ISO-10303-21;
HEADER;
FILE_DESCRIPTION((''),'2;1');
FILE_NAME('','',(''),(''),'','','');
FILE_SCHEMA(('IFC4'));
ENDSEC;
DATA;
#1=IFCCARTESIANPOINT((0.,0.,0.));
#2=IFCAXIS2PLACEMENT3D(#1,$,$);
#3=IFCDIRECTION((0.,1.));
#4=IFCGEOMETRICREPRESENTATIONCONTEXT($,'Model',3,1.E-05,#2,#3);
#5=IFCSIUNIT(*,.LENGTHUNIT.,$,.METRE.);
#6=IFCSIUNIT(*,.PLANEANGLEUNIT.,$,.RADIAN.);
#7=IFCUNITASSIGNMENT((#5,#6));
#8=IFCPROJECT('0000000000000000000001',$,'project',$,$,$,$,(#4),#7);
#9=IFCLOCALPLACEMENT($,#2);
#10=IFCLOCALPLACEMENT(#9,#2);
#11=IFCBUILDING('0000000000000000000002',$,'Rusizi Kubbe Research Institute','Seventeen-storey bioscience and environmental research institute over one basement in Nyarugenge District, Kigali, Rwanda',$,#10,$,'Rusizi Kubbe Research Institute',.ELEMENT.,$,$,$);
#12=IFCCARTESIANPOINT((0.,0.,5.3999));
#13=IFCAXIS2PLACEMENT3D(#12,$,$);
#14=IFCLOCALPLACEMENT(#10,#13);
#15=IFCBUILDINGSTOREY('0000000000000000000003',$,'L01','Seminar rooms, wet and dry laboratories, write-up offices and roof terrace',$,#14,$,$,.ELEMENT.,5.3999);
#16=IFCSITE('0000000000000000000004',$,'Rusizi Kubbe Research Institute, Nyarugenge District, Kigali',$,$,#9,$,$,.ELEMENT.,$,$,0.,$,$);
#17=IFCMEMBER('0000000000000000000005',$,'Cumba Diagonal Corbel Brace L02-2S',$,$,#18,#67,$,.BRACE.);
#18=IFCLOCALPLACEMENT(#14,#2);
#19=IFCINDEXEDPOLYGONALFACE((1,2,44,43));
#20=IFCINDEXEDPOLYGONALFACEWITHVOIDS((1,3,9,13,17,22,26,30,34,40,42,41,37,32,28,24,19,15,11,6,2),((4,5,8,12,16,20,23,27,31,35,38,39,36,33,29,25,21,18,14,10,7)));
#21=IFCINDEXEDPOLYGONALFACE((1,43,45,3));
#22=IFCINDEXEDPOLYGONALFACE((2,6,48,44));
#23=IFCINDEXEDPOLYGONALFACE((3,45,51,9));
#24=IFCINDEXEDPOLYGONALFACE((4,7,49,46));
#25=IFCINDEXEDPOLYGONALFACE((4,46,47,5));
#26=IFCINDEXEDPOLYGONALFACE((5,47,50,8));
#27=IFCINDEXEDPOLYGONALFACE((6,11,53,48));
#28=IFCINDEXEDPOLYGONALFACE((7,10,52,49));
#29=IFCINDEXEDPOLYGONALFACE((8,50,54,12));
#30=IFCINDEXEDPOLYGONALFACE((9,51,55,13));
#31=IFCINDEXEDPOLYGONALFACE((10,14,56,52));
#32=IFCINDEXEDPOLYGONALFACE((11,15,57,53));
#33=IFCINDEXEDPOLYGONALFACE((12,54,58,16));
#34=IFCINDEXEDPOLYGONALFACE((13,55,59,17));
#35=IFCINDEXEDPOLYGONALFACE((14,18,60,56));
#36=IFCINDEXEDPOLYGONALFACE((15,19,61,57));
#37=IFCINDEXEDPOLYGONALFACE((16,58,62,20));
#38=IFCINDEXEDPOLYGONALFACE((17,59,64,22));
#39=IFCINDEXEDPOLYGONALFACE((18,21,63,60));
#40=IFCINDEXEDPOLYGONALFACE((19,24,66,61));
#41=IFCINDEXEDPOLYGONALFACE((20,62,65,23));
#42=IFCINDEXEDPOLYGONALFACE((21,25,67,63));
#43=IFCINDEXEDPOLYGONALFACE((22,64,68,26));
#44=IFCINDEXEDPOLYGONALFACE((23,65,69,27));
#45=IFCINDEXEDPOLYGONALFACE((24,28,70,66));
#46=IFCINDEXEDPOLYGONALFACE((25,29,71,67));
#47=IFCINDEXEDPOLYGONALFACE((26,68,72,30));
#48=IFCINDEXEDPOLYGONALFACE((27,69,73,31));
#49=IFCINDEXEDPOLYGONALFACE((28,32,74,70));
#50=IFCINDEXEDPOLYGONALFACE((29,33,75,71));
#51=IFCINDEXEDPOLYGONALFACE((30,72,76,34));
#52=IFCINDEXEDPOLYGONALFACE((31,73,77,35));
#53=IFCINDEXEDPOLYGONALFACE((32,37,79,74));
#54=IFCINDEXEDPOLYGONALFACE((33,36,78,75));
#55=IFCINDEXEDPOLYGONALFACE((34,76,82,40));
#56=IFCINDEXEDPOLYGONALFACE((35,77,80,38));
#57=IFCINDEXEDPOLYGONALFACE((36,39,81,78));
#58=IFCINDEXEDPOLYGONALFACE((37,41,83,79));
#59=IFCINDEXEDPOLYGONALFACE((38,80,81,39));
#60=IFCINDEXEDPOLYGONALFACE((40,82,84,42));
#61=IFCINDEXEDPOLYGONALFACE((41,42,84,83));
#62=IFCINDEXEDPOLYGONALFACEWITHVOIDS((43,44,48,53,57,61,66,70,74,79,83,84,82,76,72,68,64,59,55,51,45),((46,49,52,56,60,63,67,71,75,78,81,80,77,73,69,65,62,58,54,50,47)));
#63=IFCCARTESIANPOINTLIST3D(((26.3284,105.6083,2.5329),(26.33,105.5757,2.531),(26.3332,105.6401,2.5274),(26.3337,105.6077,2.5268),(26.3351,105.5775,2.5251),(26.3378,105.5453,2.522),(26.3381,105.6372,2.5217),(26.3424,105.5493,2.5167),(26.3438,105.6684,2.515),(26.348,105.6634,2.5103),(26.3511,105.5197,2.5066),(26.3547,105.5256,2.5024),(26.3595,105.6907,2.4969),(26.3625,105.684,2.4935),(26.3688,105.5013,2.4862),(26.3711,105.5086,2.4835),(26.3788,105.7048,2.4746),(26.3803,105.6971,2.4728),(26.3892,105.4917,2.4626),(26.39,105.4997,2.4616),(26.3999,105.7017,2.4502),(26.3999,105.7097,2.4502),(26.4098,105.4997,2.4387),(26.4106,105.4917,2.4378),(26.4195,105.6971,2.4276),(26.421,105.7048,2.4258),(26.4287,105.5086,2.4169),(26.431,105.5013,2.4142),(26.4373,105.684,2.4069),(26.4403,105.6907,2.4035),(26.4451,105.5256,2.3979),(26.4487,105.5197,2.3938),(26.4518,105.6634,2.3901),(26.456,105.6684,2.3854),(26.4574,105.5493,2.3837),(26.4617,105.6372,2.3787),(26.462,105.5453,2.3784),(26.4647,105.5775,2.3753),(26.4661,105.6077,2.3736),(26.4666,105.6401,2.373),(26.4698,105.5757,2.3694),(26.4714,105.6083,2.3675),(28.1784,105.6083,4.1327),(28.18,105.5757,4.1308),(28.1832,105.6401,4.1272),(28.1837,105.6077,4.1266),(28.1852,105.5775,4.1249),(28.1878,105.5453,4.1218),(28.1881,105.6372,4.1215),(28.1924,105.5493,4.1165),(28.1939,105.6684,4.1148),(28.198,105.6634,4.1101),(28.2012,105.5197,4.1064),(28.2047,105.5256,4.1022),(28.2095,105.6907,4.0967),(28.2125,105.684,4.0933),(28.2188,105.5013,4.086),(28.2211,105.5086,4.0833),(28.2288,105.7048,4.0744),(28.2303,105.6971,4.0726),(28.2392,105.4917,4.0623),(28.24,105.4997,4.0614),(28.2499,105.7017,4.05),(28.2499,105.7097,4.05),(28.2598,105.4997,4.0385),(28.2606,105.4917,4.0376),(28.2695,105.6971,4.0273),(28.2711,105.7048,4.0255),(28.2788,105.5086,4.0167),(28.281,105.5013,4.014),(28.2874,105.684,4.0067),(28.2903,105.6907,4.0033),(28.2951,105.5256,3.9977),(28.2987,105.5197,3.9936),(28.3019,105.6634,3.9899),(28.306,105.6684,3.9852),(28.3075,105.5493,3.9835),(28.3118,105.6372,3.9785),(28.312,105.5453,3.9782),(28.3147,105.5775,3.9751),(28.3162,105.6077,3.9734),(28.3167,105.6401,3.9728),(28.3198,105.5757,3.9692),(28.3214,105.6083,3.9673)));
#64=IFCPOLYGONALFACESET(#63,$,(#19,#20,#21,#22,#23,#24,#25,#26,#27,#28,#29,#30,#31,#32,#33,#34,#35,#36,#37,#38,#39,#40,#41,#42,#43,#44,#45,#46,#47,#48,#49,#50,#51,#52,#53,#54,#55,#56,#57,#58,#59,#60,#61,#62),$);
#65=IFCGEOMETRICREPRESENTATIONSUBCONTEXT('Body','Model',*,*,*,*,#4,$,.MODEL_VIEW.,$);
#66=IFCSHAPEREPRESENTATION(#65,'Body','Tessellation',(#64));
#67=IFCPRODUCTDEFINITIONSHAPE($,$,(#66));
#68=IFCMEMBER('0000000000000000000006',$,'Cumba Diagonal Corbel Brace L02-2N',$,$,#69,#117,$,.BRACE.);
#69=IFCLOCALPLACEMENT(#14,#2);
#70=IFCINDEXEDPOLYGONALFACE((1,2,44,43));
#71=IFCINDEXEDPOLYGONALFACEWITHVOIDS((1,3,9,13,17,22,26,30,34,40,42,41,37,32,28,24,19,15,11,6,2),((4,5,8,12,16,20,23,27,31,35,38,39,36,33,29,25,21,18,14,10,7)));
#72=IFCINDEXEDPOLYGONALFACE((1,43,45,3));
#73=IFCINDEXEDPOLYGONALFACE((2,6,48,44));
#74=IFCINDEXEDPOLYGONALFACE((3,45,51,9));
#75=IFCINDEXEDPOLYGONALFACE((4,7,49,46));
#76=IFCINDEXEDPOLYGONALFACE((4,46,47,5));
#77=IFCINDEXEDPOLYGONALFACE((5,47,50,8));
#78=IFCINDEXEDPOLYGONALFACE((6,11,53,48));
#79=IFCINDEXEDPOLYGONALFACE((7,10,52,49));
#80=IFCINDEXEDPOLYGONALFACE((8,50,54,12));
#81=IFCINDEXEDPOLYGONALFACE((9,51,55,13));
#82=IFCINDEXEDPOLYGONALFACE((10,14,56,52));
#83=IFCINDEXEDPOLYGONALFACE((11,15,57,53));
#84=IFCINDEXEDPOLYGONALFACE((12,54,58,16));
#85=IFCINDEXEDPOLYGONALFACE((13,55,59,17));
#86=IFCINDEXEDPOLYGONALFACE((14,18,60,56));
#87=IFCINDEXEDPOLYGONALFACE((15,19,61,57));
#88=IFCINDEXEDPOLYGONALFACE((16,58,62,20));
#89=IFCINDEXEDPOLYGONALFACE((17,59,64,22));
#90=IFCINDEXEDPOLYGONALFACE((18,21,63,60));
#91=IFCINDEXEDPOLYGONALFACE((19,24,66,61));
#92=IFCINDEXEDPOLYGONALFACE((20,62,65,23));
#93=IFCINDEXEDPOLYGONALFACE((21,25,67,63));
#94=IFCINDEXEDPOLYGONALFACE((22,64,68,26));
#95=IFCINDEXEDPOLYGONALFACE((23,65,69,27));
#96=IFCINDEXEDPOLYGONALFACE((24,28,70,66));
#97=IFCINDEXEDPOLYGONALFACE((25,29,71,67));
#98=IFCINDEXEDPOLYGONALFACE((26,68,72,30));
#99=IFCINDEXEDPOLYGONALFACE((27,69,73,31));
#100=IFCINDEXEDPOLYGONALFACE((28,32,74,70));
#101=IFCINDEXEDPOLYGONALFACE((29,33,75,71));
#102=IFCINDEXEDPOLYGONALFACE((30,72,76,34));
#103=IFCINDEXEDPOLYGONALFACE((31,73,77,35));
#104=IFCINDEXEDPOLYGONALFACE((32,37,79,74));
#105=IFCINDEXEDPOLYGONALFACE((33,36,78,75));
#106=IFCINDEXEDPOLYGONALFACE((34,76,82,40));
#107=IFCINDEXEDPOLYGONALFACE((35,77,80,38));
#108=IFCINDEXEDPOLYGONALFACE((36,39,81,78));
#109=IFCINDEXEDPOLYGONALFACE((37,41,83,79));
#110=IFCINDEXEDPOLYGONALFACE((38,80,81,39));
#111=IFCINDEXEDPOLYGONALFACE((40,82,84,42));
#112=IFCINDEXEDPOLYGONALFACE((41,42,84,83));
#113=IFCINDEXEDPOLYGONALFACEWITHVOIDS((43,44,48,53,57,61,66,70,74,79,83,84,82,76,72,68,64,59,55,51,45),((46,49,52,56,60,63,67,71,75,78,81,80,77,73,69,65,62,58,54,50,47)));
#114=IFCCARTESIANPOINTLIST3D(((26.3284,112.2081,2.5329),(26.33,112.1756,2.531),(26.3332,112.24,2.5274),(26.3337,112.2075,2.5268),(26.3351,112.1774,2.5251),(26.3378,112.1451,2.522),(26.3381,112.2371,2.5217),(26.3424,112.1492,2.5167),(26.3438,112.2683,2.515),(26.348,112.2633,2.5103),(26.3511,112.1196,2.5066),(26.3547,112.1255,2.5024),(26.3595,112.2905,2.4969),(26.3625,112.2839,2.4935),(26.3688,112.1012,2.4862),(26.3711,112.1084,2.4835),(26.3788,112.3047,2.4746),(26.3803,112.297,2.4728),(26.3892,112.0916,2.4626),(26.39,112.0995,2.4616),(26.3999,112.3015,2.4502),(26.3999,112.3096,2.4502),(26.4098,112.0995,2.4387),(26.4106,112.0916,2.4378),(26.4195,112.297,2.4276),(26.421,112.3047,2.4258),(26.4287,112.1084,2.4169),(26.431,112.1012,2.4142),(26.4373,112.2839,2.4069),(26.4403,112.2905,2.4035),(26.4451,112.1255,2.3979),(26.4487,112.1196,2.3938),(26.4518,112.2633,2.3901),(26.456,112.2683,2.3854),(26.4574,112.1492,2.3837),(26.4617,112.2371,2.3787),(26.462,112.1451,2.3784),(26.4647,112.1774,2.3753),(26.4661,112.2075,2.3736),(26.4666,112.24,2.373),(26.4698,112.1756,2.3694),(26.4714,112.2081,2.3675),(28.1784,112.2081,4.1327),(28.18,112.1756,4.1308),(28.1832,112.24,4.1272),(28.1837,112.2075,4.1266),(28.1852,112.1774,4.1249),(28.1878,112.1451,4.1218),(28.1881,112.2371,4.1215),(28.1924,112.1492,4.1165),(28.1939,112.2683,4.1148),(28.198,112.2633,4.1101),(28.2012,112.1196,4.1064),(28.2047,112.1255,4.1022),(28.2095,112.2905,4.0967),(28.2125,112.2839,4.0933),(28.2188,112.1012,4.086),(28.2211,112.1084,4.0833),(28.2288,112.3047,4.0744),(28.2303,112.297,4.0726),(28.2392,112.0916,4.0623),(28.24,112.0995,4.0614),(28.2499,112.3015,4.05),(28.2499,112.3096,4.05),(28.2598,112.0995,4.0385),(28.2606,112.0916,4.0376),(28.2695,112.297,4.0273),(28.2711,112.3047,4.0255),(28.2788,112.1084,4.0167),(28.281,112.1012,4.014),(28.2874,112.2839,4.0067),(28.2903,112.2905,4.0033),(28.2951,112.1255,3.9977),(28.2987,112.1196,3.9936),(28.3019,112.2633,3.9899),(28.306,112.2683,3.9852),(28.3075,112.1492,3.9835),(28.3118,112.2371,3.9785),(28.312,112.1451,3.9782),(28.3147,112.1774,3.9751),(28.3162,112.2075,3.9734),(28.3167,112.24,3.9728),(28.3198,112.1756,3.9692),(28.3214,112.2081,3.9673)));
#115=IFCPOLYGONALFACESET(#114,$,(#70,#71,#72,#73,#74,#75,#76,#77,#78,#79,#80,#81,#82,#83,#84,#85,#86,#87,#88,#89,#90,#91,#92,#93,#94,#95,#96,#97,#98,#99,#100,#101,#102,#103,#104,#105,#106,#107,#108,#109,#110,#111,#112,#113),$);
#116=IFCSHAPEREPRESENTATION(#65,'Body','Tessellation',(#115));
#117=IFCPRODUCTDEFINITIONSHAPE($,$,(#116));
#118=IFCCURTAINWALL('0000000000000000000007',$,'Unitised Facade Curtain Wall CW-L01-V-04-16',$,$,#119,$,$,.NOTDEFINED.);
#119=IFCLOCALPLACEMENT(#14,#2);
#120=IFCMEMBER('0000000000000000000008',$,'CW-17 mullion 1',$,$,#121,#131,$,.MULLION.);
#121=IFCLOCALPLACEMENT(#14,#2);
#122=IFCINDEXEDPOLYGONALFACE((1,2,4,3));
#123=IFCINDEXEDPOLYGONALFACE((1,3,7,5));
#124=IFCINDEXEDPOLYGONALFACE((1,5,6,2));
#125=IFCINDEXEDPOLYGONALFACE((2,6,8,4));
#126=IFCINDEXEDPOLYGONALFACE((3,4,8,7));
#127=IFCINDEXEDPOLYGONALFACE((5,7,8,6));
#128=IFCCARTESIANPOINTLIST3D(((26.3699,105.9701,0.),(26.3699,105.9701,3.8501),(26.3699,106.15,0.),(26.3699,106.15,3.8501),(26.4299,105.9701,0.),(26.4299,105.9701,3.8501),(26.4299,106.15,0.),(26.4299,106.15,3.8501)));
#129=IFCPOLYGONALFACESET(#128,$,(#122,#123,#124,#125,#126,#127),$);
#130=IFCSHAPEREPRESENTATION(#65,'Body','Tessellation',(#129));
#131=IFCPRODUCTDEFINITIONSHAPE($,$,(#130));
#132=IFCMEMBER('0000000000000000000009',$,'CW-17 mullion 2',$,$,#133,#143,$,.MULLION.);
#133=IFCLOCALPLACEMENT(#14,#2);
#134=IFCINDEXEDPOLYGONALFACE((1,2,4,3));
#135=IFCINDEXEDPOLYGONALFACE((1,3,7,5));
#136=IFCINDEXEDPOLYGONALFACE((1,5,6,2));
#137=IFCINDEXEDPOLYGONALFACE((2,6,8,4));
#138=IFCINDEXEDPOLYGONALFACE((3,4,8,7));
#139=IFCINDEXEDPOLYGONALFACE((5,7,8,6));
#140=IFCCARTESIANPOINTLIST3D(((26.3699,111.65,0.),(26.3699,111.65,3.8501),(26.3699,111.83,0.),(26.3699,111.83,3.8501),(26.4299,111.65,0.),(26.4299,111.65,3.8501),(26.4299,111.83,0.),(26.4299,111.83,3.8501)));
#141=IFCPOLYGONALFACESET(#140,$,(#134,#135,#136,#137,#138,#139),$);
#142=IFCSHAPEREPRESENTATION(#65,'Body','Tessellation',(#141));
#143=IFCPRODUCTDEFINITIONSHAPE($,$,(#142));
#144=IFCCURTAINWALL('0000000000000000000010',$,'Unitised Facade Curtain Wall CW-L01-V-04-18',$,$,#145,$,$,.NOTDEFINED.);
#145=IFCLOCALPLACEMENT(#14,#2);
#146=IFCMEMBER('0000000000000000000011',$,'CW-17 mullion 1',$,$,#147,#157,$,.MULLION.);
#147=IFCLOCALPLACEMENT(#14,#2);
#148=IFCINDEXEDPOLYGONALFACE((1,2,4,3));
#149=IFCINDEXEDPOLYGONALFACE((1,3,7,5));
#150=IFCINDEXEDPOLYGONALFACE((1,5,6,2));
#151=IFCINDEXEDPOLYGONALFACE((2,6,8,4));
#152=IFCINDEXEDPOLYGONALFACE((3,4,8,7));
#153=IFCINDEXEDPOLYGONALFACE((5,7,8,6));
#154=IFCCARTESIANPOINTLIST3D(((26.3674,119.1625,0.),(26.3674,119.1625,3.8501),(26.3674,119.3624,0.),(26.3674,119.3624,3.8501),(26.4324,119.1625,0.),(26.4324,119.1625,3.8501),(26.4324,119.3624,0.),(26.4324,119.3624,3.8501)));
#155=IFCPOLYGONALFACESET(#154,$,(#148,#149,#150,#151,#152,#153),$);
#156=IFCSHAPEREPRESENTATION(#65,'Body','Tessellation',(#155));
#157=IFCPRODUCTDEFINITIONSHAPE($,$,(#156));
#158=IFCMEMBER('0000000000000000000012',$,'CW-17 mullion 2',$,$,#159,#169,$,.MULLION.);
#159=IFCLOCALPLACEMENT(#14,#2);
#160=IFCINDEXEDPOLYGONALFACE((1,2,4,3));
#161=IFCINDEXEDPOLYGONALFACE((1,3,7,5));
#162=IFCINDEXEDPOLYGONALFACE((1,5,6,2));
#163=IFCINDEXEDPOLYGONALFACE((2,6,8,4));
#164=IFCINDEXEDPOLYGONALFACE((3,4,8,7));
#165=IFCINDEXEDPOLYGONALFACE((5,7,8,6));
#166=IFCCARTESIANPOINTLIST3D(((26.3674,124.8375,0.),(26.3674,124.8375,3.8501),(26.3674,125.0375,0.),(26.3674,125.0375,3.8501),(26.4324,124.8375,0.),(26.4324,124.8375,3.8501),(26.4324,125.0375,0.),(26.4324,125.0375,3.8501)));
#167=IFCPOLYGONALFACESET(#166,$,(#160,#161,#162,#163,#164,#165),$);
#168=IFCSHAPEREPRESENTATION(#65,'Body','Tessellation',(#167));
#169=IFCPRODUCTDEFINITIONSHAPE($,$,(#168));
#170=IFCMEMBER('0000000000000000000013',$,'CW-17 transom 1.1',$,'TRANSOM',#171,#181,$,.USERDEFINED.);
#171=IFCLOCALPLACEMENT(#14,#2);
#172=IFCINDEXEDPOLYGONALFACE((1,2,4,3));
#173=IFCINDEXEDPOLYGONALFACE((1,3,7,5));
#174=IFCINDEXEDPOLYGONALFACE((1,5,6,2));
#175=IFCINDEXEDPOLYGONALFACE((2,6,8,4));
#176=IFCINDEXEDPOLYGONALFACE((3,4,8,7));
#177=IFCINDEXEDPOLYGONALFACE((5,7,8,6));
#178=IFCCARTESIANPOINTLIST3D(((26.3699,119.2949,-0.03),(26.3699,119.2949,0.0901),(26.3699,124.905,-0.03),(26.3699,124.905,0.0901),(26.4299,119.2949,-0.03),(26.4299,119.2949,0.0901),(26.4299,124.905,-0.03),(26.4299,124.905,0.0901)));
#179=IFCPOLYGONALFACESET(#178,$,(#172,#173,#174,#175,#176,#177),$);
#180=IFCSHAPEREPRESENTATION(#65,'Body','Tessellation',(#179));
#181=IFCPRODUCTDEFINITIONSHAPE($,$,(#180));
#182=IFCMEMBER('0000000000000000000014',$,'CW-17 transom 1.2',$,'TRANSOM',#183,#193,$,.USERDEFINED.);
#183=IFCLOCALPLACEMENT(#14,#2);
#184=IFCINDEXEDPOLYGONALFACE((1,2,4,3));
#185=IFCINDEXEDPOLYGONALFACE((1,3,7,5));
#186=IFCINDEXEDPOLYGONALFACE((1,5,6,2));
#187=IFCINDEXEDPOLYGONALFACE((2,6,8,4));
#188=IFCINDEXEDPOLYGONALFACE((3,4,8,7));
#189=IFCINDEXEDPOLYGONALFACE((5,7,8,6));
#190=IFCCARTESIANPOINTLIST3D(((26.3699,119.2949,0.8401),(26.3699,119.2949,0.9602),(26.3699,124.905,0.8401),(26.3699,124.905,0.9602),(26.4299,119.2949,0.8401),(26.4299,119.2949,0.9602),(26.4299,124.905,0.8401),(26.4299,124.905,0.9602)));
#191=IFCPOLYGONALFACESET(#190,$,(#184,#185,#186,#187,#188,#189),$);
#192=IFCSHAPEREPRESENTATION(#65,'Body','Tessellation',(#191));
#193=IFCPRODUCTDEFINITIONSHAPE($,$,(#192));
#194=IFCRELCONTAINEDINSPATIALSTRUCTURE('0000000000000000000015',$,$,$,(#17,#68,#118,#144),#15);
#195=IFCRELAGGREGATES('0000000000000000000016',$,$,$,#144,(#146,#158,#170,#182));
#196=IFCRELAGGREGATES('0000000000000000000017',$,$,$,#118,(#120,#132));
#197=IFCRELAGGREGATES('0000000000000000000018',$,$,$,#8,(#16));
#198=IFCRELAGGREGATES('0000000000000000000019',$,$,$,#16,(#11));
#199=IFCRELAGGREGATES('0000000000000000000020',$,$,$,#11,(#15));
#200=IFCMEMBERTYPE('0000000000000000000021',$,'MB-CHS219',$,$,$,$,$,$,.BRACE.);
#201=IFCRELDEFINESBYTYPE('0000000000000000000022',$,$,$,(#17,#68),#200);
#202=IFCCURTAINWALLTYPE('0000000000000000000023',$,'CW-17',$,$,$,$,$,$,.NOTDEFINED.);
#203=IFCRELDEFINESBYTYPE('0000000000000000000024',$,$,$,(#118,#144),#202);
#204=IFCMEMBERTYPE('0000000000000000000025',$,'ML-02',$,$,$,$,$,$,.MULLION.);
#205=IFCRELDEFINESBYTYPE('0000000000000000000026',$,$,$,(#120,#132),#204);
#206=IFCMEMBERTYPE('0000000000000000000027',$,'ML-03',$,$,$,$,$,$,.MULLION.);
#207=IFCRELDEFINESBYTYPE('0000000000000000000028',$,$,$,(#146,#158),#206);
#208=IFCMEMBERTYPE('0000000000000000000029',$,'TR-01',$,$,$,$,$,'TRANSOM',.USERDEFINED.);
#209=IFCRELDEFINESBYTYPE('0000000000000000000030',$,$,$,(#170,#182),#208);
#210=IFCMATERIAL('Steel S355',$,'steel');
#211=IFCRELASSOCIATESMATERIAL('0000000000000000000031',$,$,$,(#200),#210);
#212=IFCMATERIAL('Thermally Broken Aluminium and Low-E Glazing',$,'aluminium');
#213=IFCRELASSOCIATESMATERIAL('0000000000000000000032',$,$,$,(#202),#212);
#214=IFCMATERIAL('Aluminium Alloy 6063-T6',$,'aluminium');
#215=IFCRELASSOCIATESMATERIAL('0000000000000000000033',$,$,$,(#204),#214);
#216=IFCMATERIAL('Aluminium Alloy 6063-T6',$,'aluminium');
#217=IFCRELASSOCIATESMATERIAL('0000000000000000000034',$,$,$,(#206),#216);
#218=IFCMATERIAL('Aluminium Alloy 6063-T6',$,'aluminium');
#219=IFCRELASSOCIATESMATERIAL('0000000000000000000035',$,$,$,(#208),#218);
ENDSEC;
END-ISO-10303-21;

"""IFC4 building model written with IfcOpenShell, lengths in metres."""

from ifc_helpers import new_model, si_unit, direction, frame, origin, origin_2d, place, context, subcontext, project, spatial, rectangle, hollow_circle, extrude, material, material_profile, profile_set, type_object, element, aggregate, save


model = new_model("IFC4")

# Units and contexts
model_context = context("Model", 3, precision=1e-05, world=origin(), true_north=direction((0.0, 1.0)))
body_context = subcontext(model_context, "Body", "Model", "MODEL_VIEW")
ifc_project = project(units=[si_unit("LENGTHUNIT", "METRE"), si_unit("PLANEANGLEUNIT", "RADIAN")], contexts=[model_context])

# Site, building, storey
site_placement = place(None, origin())
site = spatial("IfcSite", under=ifc_project, at=site_placement, Name="Rusizi Kubbe Research Institute, Nyarugenge District, Kigali", CompositionType="ELEMENT", RefElevation=0.0)
building_placement = place(site_placement, origin())
building = spatial("IfcBuilding", under=site, at=building_placement, Name="Rusizi Kubbe Research Institute", Description="Seventeen-storey bioscience and environmental research institute over one basement in Nyarugenge District, Kigali, Rwanda", LongName="Rusizi Kubbe Research Institute", CompositionType="ELEMENT")
storey_placement = place(building_placement, frame((0.0, 0.0, 5.3999)))
storey = spatial("IfcBuildingStorey", under=building, at=storey_placement, Name="L01", Description="Seminar rooms, wet and dry laboratories, write-up offices and roof terrace", CompositionType="ELEMENT", Elevation=5.3999)

# Members
ifc_material_1 = material(Name="Steel S355", Category="steel")
ifc_material_profile_1 = material_profile(ifc_material_1, hollow_circle(Radius=0.1096, WallThickness=0.0081, at=origin_2d()), Name="CHS 219.1x8.0")
ifc_profile_set_1 = profile_set([ifc_material_profile_1], Name="Steel S355")
member_type_1 = type_object("IfcMemberType", Name="MB-CHS219", PredefinedType="BRACE", material=ifc_profile_set_1)
for number, where, z_axis, x_axis, name in (
    (1, (26.3999, 105.6001, 2.4502), (0.75641, 0.0, 0.654098), (0.0, 1.0, 0.0), "Cumba Diagonal Corbel Brace L02-2S"),
    (2, (26.3999, 112.2, 2.4502), (0.75641, 0.0, 0.654098), (0.0, 1.0, 0.0), "Cumba Diagonal Corbel Brace L02-2N"),
):
    element("IfcMember", number, at=place(storey_placement, frame(where, z_axis=z_axis, x_axis=x_axis)), inside=storey, type_object=member_type_1, Name=name, PredefinedType="BRACE", context=body_context, shape_type="SweptSolid", body=[
        extrude(hollow_circle(Radius=0.1096, WallThickness=0.0081, at=origin_2d()), origin(), (0.0, 0.0, 1.0), 2.4458),
    ])

# Curtain walls, members
ifc_material_2 = material(Name="Thermally Broken Aluminium and Low-E Glazing", Category="aluminium")
curtain_wall_type = type_object("IfcCurtainWallType", Name="CW-17", PredefinedType="NOTDEFINED", material=ifc_material_2)
curtain_wall_1_placement = place(storey_placement, origin())
curtain_wall_1 = element("IfcCurtainWall", 3, at=curtain_wall_1_placement, inside=storey, type_object=curtain_wall_type, Name="Unitised Facade Curtain Wall CW-L01-V-04-16", PredefinedType="NOTDEFINED")
ifc_material_3 = material(Name="Aluminium Alloy 6063-T6", Category="aluminium")
ifc_material_profile_2 = material_profile(ifc_material_3, rectangle(XDim=0.0601, YDim=0.1799, at=origin_2d()), Name="ALU-M 60x180")
ifc_profile_set_2 = profile_set([ifc_material_profile_2], Name="Aluminium Alloy 6063-T6")
member_type_2 = type_object("IfcMemberType", Name="ML-02", PredefinedType="MULLION", material=ifc_profile_set_2)
member_1_placement = place(storey_placement, frame((26.3999, 106.0601, 0.0), z_axis=(0.0, 0.0, 1.0), x_axis=(-1.0, 0.0, 0.0)))
member_1 = element("IfcMember", 4, at=member_1_placement, type_object=member_type_2, Name="CW-17 mullion 1", PredefinedType="MULLION", context=body_context, shape_type="SweptSolid", body=[
    extrude(rectangle(XDim=0.0601, YDim=0.1799, at=origin_2d()), origin(), (0.0, 0.0, 1.0), 3.8501),
])
member_2_placement = place(storey_placement, frame((26.3999, 111.74, 0.0), z_axis=(0.0, 0.0, 1.0), x_axis=(-1.0, 0.0, 0.0)))
member_2 = element("IfcMember", 5, at=member_2_placement, type_object=member_type_2, Name="CW-17 mullion 2", PredefinedType="MULLION", context=body_context, shape_type="SweptSolid", body=[
    extrude(rectangle(XDim=0.0601, YDim=0.1799, at=origin_2d()), origin(), (0.0, 0.0, 1.0), 3.8501),
])
curtain_wall_2_placement = place(storey_placement, origin())
curtain_wall_2 = element("IfcCurtainWall", 6, at=curtain_wall_2_placement, inside=storey, type_object=curtain_wall_type, Name="Unitised Facade Curtain Wall CW-L01-V-04-18", PredefinedType="NOTDEFINED")
ifc_material_4 = material(Name="Aluminium Alloy 6063-T6", Category="aluminium")
ifc_material_profile_3 = material_profile(ifc_material_4, rectangle(XDim=0.0649, YDim=0.2, at=origin_2d()), Name="ALU-M 65x200")
ifc_profile_set_3 = profile_set([ifc_material_profile_3], Name="Aluminium Alloy 6063-T6")
member_type_3 = type_object("IfcMemberType", Name="ML-03", PredefinedType="MULLION", material=ifc_profile_set_3)
member_3_placement = place(storey_placement, frame((26.3999, 119.2625, 0.0), z_axis=(0.0, 0.0, 1.0), x_axis=(-1.0, 0.0, 0.0)))
member_3 = element("IfcMember", 7, at=member_3_placement, type_object=member_type_3, Name="CW-17 mullion 1", PredefinedType="MULLION", context=body_context, shape_type="SweptSolid", body=[
    extrude(rectangle(XDim=0.0649, YDim=0.2, at=origin_2d()), origin(), (0.0, 0.0, 1.0), 3.8501),
])
member_4_placement = place(storey_placement, frame((26.3999, 124.9375, 0.0), z_axis=(0.0, 0.0, 1.0), x_axis=(-1.0, 0.0, 0.0)))
member_4 = element("IfcMember", 8, at=member_4_placement, type_object=member_type_3, Name="CW-17 mullion 2", PredefinedType="MULLION", context=body_context, shape_type="SweptSolid", body=[
    extrude(rectangle(XDim=0.0649, YDim=0.2, at=origin_2d()), origin(), (0.0, 0.0, 1.0), 3.8501),
])
ifc_material_5 = material(Name="Aluminium Alloy 6063-T6", Category="aluminium")
ifc_material_profile_4 = material_profile(ifc_material_5, rectangle(XDim=0.0601, YDim=0.1201, at=origin_2d()), Name="ALU-T 60x120")
ifc_profile_set_4 = profile_set([ifc_material_profile_4], Name="Aluminium Alloy 6063-T6")
member_type_4 = type_object("IfcMemberType", Name="TR-01", ElementType="TRANSOM", PredefinedType="USERDEFINED", material=ifc_profile_set_4)
member_5_placement = place(storey_placement, frame((26.3999, 119.2949, 0.03), z_axis=(0.0, 1.0, 0.0), x_axis=(-1.0, 0.0, 0.0)))
member_5 = element("IfcMember", 9, at=member_5_placement, type_object=member_type_4, Name="CW-17 transom 1.1", ObjectType="TRANSOM", PredefinedType="USERDEFINED", context=body_context, shape_type="SweptSolid", body=[
    extrude(rectangle(XDim=0.0601, YDim=0.1201, at=origin_2d()), origin(), (0.0, 0.0, 1.0), 5.6101),
])
member_6_placement = place(storey_placement, frame((26.3999, 119.2949, 0.9001), z_axis=(0.0, 1.0, 0.0), x_axis=(-1.0, 0.0, 0.0)))
member_6 = element("IfcMember", 10, at=member_6_placement, type_object=member_type_4, Name="CW-17 transom 1.2", ObjectType="TRANSOM", PredefinedType="USERDEFINED", context=body_context, shape_type="SweptSolid", body=[
    extrude(rectangle(XDim=0.0601, YDim=0.1201, at=origin_2d()), origin(), (0.0, 0.0, 1.0), 5.6101),
])

aggregate(curtain_wall_2, [member_3, member_4, member_5, member_6])
aggregate(curtain_wall_1, [member_1, member_2])

save(model, "model.ifc")
